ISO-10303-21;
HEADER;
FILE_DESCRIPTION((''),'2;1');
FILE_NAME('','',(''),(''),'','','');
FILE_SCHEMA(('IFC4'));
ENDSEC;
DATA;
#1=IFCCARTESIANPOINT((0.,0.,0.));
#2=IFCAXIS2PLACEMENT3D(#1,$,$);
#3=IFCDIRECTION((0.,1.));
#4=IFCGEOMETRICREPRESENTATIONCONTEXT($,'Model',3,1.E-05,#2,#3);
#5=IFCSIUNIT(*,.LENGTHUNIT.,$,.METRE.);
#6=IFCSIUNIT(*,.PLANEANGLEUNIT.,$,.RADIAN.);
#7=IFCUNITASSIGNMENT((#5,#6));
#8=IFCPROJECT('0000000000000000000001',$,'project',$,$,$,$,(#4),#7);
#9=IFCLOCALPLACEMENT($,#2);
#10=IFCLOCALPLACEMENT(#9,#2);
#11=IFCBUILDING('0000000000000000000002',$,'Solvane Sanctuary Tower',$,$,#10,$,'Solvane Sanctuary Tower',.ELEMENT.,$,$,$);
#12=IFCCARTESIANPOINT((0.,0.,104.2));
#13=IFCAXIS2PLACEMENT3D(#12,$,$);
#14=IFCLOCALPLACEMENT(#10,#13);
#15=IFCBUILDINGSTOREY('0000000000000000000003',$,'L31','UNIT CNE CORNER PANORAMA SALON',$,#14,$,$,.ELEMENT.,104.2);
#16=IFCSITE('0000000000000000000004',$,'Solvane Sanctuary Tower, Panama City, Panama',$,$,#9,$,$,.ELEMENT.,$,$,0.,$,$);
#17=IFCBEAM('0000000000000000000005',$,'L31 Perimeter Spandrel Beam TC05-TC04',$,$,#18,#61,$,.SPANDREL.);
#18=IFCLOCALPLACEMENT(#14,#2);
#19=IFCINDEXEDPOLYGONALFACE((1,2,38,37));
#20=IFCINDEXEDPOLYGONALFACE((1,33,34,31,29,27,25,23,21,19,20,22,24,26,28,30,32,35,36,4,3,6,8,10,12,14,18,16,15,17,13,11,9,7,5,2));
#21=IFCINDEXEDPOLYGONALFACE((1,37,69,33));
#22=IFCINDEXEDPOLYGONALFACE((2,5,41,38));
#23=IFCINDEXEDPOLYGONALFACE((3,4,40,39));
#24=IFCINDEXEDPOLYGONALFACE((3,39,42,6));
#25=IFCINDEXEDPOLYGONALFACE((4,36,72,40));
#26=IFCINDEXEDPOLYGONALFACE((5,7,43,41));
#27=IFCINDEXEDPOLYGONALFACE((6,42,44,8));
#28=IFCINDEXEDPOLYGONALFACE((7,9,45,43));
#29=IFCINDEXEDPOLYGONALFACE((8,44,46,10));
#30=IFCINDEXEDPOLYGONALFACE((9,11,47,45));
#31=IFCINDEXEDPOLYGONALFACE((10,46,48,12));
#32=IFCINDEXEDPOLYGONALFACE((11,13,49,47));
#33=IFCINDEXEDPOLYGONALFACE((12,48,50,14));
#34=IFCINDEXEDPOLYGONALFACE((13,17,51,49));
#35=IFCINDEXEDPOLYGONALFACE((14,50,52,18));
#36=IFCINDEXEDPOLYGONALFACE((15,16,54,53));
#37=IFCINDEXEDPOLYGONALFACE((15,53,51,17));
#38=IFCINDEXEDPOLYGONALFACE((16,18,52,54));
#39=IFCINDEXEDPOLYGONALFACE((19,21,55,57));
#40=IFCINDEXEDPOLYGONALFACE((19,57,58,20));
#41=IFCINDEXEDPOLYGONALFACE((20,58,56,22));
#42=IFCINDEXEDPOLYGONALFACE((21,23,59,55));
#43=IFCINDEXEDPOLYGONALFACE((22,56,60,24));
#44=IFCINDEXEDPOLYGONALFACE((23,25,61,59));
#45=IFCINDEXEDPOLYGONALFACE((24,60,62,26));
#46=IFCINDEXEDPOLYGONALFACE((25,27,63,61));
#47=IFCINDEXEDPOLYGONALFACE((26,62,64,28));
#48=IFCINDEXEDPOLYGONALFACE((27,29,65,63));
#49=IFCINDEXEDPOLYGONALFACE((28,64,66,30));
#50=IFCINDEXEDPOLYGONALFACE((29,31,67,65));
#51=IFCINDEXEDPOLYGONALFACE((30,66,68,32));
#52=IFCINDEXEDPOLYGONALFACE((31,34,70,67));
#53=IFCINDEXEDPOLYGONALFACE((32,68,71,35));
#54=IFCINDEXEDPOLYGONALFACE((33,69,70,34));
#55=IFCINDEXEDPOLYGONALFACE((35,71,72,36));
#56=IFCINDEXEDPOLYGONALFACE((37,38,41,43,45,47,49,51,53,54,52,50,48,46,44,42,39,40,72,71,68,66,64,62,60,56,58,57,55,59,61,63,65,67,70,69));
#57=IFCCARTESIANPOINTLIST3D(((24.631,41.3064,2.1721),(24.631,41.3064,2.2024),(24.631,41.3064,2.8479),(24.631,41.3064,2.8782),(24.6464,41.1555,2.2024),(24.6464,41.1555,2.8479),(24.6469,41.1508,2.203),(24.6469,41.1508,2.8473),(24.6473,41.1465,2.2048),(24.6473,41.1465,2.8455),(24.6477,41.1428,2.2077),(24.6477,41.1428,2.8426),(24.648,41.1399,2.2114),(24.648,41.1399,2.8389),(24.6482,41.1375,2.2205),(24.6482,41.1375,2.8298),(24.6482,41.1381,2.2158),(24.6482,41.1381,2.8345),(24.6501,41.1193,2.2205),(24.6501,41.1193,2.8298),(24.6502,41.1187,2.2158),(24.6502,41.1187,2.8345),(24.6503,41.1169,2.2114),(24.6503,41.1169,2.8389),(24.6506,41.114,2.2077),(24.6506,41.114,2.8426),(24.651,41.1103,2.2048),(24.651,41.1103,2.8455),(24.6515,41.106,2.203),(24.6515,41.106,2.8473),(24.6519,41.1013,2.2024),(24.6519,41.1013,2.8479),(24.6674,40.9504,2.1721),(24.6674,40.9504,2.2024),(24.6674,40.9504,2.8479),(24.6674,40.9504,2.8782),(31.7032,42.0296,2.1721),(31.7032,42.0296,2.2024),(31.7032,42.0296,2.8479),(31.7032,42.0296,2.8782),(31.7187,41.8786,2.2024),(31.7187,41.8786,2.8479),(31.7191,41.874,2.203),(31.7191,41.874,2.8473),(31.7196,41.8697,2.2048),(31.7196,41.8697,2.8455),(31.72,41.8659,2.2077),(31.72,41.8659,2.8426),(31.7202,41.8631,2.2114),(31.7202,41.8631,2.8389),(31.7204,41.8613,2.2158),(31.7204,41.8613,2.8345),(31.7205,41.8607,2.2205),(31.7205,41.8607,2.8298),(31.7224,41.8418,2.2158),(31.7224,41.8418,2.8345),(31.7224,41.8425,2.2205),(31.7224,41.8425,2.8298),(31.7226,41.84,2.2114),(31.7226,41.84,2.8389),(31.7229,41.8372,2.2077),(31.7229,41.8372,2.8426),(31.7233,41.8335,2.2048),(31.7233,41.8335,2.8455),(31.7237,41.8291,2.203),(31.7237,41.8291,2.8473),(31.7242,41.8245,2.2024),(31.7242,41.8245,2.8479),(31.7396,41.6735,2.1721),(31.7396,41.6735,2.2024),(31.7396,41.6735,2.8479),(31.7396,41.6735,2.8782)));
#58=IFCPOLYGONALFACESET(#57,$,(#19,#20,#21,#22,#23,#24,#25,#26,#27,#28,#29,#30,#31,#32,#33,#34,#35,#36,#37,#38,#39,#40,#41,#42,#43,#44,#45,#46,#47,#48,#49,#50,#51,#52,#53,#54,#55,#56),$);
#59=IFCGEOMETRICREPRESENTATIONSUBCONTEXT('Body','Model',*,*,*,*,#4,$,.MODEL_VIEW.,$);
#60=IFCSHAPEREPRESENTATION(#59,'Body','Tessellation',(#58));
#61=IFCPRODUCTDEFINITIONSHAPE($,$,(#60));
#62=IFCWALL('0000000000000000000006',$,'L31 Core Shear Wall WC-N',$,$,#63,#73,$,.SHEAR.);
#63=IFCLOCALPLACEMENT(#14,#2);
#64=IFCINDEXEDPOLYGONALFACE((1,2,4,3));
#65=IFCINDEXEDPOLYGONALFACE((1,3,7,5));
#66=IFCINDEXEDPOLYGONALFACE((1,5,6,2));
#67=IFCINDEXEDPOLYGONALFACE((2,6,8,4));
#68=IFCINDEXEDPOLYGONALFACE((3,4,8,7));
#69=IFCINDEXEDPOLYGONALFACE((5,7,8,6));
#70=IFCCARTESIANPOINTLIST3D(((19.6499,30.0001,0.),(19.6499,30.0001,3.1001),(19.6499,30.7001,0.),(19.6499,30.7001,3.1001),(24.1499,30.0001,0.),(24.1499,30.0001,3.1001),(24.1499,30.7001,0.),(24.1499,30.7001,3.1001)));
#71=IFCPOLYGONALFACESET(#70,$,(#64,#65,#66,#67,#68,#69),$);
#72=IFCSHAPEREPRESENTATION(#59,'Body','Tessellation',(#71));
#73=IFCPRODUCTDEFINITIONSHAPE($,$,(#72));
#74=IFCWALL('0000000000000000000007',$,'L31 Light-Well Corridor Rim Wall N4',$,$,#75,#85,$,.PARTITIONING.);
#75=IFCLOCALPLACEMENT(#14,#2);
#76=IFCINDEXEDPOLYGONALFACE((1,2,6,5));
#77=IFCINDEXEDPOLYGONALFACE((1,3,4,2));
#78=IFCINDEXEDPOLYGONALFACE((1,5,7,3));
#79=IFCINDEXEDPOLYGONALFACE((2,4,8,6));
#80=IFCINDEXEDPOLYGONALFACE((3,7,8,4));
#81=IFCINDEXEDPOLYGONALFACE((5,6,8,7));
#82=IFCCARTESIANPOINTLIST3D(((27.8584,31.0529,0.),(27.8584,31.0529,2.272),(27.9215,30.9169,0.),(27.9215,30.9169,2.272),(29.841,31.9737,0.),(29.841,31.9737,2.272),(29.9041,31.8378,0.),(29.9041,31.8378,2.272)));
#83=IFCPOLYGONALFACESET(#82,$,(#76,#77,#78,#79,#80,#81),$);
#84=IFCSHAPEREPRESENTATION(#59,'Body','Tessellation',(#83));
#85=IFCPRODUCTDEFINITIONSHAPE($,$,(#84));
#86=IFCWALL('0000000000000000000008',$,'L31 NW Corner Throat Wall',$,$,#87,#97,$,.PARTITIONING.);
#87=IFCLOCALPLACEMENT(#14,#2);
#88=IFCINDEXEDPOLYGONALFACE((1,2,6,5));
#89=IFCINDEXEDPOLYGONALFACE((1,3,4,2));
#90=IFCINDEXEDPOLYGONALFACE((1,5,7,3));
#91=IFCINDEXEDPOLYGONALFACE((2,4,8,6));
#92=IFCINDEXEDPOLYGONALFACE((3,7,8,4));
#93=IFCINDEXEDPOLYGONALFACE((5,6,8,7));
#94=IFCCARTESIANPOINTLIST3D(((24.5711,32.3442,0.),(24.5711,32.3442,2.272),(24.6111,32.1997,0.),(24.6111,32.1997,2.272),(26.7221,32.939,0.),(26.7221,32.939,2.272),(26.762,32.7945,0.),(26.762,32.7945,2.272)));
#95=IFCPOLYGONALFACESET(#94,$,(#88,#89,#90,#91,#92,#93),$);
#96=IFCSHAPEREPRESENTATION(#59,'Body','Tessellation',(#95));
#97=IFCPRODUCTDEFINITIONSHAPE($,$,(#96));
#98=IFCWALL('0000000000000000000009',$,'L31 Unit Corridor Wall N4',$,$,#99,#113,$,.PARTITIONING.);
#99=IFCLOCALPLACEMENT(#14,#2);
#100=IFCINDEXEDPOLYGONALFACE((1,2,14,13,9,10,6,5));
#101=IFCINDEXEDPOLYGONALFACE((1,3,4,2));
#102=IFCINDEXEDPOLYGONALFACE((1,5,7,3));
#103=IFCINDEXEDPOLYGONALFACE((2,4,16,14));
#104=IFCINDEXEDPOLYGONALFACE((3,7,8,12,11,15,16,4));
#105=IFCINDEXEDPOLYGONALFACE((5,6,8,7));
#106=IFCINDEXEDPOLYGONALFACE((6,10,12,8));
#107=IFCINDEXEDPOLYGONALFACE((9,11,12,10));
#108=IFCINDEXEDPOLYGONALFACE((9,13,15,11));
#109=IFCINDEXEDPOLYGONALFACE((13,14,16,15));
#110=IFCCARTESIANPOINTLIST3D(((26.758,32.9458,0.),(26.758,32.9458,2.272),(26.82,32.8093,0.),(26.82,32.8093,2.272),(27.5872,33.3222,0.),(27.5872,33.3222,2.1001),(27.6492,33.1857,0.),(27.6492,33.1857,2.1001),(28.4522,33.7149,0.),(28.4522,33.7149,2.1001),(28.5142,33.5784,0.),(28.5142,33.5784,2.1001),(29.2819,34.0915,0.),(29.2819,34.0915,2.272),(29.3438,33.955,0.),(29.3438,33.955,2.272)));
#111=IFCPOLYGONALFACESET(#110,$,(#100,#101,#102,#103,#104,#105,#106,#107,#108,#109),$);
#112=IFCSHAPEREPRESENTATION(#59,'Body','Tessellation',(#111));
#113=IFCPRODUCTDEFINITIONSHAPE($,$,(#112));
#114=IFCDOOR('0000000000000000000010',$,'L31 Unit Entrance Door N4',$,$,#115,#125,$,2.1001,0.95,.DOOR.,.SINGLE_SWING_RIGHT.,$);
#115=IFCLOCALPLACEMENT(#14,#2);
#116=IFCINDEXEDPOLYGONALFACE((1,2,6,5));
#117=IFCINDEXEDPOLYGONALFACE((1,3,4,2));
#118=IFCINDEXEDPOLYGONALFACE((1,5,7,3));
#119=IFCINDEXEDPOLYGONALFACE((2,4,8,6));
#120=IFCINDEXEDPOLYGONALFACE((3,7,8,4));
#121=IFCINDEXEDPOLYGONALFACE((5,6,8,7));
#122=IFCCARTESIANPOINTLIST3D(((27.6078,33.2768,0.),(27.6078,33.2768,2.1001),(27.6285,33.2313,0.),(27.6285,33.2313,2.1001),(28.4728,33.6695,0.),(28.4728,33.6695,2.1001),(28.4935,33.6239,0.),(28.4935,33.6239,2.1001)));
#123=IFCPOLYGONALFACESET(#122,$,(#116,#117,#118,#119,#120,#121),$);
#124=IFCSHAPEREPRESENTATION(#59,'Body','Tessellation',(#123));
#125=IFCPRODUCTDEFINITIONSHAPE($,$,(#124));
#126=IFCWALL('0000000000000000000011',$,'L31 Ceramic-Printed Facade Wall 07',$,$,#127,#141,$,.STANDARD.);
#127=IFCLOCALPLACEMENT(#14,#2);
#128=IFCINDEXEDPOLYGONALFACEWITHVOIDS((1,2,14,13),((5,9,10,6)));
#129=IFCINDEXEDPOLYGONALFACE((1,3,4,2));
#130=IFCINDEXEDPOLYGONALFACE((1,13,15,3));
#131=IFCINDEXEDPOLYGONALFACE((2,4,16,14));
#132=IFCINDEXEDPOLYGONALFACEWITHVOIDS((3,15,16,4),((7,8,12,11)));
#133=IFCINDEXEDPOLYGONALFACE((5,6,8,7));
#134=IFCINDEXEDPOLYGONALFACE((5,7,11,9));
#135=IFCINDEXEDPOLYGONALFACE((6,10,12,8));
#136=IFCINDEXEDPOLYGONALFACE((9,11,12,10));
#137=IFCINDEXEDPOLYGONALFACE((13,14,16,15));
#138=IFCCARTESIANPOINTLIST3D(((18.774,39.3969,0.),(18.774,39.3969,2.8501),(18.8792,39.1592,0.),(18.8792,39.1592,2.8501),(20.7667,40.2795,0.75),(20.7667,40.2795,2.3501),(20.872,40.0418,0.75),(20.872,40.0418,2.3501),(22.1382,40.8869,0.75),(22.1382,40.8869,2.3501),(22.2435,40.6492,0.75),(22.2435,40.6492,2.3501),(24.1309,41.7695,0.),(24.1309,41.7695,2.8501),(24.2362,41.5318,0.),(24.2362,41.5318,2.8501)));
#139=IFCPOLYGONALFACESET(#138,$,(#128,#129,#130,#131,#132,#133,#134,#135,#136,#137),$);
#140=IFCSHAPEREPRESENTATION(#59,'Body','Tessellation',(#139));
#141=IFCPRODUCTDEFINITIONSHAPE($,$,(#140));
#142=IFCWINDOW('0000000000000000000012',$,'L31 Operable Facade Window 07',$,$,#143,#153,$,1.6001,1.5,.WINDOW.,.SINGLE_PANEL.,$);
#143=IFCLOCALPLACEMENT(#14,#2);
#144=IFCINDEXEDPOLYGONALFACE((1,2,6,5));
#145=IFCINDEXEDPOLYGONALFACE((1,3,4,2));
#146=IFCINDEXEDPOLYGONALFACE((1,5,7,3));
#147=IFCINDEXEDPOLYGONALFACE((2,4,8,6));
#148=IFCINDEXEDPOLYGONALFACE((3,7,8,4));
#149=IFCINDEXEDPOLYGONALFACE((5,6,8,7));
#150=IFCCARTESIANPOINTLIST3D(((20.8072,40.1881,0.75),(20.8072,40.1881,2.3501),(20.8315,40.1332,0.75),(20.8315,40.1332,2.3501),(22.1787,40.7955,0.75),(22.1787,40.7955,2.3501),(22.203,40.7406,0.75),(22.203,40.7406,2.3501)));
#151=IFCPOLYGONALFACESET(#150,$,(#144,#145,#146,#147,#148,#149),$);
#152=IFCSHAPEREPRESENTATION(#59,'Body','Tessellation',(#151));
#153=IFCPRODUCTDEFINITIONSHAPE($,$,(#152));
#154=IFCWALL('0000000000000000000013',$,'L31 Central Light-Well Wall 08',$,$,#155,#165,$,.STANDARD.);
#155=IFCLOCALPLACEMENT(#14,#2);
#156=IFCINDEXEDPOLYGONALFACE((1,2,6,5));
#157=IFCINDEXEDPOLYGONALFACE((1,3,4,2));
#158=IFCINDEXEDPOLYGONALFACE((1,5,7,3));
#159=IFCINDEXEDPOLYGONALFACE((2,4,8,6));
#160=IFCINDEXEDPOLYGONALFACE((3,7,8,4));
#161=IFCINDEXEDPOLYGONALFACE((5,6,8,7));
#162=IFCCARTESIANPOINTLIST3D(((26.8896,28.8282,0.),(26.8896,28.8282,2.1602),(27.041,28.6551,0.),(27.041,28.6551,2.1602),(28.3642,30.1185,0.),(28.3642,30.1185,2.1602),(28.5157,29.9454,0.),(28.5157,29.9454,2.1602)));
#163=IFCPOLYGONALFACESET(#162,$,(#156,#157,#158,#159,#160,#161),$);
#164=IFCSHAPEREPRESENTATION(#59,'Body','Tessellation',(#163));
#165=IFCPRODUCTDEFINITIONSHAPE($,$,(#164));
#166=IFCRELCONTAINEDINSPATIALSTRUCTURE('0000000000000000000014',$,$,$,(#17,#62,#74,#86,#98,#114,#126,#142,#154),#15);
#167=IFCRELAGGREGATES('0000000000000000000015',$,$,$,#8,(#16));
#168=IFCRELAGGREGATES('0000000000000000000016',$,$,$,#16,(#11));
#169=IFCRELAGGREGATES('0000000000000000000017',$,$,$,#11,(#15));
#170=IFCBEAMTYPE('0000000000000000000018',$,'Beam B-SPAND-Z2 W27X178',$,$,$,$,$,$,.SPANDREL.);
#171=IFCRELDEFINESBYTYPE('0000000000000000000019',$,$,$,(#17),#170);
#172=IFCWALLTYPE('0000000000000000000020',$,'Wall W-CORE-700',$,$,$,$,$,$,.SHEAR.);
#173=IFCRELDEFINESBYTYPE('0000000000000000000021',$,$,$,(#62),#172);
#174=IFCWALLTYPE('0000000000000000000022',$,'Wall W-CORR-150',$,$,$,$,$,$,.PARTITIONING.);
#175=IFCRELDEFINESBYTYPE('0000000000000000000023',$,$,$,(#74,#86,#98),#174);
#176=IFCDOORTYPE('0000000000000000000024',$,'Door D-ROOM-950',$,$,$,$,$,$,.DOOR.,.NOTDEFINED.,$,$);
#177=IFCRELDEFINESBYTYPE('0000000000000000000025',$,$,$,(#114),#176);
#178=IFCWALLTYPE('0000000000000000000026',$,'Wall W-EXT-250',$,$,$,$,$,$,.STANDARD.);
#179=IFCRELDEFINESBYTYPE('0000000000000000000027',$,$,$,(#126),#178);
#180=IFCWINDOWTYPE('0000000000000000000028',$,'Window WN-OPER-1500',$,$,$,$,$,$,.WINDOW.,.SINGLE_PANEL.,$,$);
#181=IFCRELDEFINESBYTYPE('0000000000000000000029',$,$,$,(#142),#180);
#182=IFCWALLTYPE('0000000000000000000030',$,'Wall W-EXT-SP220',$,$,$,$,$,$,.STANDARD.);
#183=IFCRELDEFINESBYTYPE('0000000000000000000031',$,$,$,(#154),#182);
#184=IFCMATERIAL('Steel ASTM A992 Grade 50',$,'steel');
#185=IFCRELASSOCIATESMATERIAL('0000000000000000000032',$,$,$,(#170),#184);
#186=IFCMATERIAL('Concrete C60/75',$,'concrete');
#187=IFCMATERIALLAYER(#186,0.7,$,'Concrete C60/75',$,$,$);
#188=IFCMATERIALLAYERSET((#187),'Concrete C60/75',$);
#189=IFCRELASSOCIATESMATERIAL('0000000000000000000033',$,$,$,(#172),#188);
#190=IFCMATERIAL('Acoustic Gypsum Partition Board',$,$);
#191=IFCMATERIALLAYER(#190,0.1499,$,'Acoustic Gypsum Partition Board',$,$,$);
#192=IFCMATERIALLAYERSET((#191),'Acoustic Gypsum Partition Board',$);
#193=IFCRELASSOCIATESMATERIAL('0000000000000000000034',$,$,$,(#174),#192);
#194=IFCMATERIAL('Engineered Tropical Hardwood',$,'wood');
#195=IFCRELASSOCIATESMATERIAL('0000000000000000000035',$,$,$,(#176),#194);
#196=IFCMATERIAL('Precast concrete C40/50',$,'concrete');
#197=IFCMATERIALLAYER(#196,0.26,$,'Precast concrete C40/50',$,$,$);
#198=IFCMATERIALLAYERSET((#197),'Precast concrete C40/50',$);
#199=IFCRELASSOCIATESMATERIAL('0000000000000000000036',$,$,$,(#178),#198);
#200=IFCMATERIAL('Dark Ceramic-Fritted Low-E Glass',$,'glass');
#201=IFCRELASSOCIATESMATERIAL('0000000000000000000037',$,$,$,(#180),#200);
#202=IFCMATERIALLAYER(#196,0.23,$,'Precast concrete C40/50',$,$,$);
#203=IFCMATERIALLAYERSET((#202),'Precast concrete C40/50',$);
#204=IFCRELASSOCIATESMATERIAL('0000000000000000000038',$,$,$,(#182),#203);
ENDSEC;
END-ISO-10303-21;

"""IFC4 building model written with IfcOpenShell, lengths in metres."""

from ifc_helpers import new_model, si_unit, direction, frame, frame_2d, origin, origin_2d, place, context, subcontext, project, spatial, rectangle, i_section, extrude, material, layer, layer_set, material_profile, profile_set, type_object, element, fill, save


model = new_model("IFC4")

# Units and contexts
model_context = context("Model", 3, precision=1e-05, world=origin(), true_north=direction((0.0, 1.0)))
body_context = subcontext(model_context, "Body", "Model", "MODEL_VIEW")
ifc_project = project(units=[si_unit("LENGTHUNIT", "METRE"), si_unit("PLANEANGLEUNIT", "RADIAN")], contexts=[model_context])

# Site, building, storey
site_placement = place(None, origin())
site = spatial("IfcSite", under=ifc_project, at=site_placement, Name="Solvane Sanctuary Tower, Panama City, Panama", CompositionType="ELEMENT", RefElevation=0.0)
building_placement = place(site_placement, origin())
building = spatial("IfcBuilding", under=site, at=building_placement, Name="Solvane Sanctuary Tower", LongName="Solvane Sanctuary Tower", CompositionType="ELEMENT")
storey_placement = place(building_placement, frame((0.0, 0.0, 104.2)))
storey = spatial("IfcBuildingStorey", under=building, at=storey_placement, Name="L31", Description="UNIT CNE CORNER PANORAMA SALON", CompositionType="ELEMENT", Elevation=104.2)

# Shared definitions
ifc_material_1 = material(Name="Concrete C60/75", Category="concrete")

# Beam
ifc_material_2 = material(Name="Steel ASTM A992 Grade 50", Category="steel")
ifc_material_profile_1 = material_profile(ifc_material_2, i_section(OverallWidth=0.3579, OverallDepth=0.7061, WebThickness=0.0183, FlangeThickness=0.0303, FilletRadius=0.0181, at=origin_2d()), Name="W27X178")
ifc_profile_set_1 = profile_set([ifc_material_profile_1], Name="Steel ASTM A992 Grade 50")
beam_type_1 = type_object("IfcBeamType", Name="Beam B-SPAND-Z2 W27X178", PredefinedType="SPANDREL", material=ifc_profile_set_1)
beam_1_placement = place(storey_placement, frame((24.6492, 41.1284, 2.5251), z_axis=(0.994813, 0.10172, 0.0), x_axis=(-0.10172, 0.994813, 0.0)))
element("IfcBeam", 1, at=beam_1_placement, inside=storey, type_object=beam_type_1, Name="L31 Perimeter Spandrel Beam TC05-TC04", PredefinedType="SPANDREL", context=body_context, shape_type="SweptSolid", body=[
    extrude(i_section(OverallWidth=0.3579, OverallDepth=0.7061, WebThickness=0.0183, FlangeThickness=0.0303, FilletRadius=0.0181, at=origin_2d()), origin(), (0.0, 0.0, 1.0), 7.1091),
])

# Walls
ifc_layer_1 = layer(ifc_material_1, 0.7, Name="Concrete C60/75")
ifc_layer_set_1 = layer_set([ifc_layer_1], Name="Concrete C60/75")
wall_type_1 = type_object("IfcWallType", Name="Wall W-CORE-700", PredefinedType="SHEAR", material=ifc_layer_set_1)
wall_1_placement = place(storey_placement, frame((19.6499, 30.3501, 0.0), z_axis=(0.0, 0.0, 1.0), x_axis=(1.0, 0.0, 0.0)))
element("IfcWall", 2, at=wall_1_placement, inside=storey, type_object=wall_type_1, Name="L31 Core Shear Wall WC-N", PredefinedType="SHEAR", context=body_context, shape_type="SweptSolid", body=[
    extrude(rectangle(XDim=4.5, YDim=0.7, at=frame_2d((2.25, 0.0))), origin(), (0.0, 0.0, 1.0), 3.1001),
])
ifc_material_3 = material(Name="Acoustic Gypsum Partition Board")
ifc_layer_2 = layer(ifc_material_3, 0.1499, Name="Acoustic Gypsum Partition Board")
ifc_layer_set_2 = layer_set([ifc_layer_2], Name="Acoustic Gypsum Partition Board")
wall_type_2 = type_object("IfcWallType", Name="Wall W-CORR-150", PredefinedType="PARTITIONING", material=ifc_layer_set_2)
wall_2_placement = place(storey_placement, frame((29.8726, 31.9058, 0.0), z_axis=(0.0, 0.0, 1.0), x_axis=(-0.906943, -0.421252, 0.0)))
element("IfcWall", 3, at=wall_2_placement, inside=storey, type_object=wall_type_2, Name="L31 Light-Well Corridor Rim Wall N4", PredefinedType="PARTITIONING", context=body_context, shape_type="SweptSolid", body=[
    extrude(rectangle(XDim=2.186, YDim=0.1499, at=frame_2d((1.093, 0.0))), origin(), (0.0, 0.0, 1.0), 2.272),
])
wall_3_placement = place(storey_placement, frame((26.7419, 32.8667, 0.0), z_axis=(0.0, 0.0, 1.0), x_axis=(-0.963834, -0.266504, 0.0)))
element("IfcWall", 4, at=wall_3_placement, inside=storey, type_object=wall_type_2, Name="L31 NW Corner Throat Wall", PredefinedType="PARTITIONING", context=body_context, shape_type="SweptSolid", body=[
    extrude(rectangle(XDim=2.2317, YDim=0.1499, at=frame_2d((1.1157, 0.0))), origin(), (0.0, 0.0, 1.0), 2.272),
])

# Wall, opening, door
wall_4_placement = place(storey_placement, frame((29.3127, 34.0232, 0.0), z_axis=(0.0, 0.0, 1.0), x_axis=(-0.910568, -0.413358, 0.0)))
wall_4 = element("IfcWall", 5, at=wall_4_placement, inside=storey, type_object=wall_type_2, Name="L31 Unit Corridor Wall N4", PredefinedType="PARTITIONING", context=body_context, shape_type="SweptSolid", body=[
    extrude(rectangle(XDim=2.7717, YDim=0.1499, at=frame_2d((1.3857, 0.0))), origin(), (0.0, 0.0, 1.0), 2.272),
])
opening_1_placement = place(wall_4_placement, frame((0.9109, 0.0, 0.0)))
opening_1 = element("IfcOpeningElement", 6, at=opening_1_placement, cuts=wall_4, PredefinedType="OPENING", context=body_context, shape_type="SweptSolid", body=[
    extrude(rectangle(XDim=0.95, YDim=2.1001, at=frame_2d((0.4751, 1.05))), frame((0.0, 0.085, 0.0), z_axis=(0.0, -1.0, 0.0), x_axis=(1.0, 0.0, 0.0)), (0.0, 0.0, 1.0), 0.1699),
])
ifc_material_4 = material(Name="Engineered Tropical Hardwood", Category="wood")
door_type = type_object("IfcDoorType", Name="Door D-ROOM-950", OperationType="NOTDEFINED", PredefinedType="DOOR", material=ifc_material_4)
door_placement = place(opening_1_placement, origin())
door = element("IfcDoor", 7, at=door_placement, inside=storey, type_object=door_type, Name="L31 Unit Entrance Door N4", OperationType="SINGLE_SWING_RIGHT", OverallHeight=2.1001, OverallWidth=0.95, PredefinedType="DOOR", context=body_context, shape_type="SweptSolid", body=[
    extrude(rectangle(XDim=0.95, YDim=2.1001, at=frame_2d((0.4751, 1.05))), frame((0.0, 0.0249, 0.0), z_axis=(0.0, -1.0, 0.0), x_axis=(1.0, 0.0, 0.0)), (0.0, 0.0, 1.0), 0.05),
])
fill(opening_1, door)

# Wall, opening, window
ifc_material_5 = material(Name="Precast concrete C40/50", Category="concrete")
ifc_layer_3 = layer(ifc_material_5, 0.26, Name="Precast concrete C40/50")
ifc_layer_set_3 = layer_set([ifc_layer_3], Name="Precast concrete C40/50")
wall_type_3 = type_object("IfcWallType", Name="Wall W-EXT-250", PredefinedType="STANDARD", material=ifc_layer_set_3)
wall_5_placement = place(storey_placement, frame((24.1836, 41.6506, 0.0), z_axis=(0.0, 0.0, 1.0), x_axis=(-0.914337, -0.404955, 0.0)))
wall_5 = element("IfcWall", 8, at=wall_5_placement, inside=storey, type_object=wall_type_3, Name="L31 Ceramic-Printed Facade Wall 07", PredefinedType="STANDARD", context=body_context, shape_type="SweptSolid", body=[
    extrude(rectangle(XDim=5.8589, YDim=0.26, at=frame_2d((2.9294, 0.0))), origin(), (0.0, 0.0, 1.0), 2.8501),
])
opening_2_placement = place(wall_5_placement, frame((2.1794, 0.0, 0.75)))
opening_2 = element("IfcOpeningElement", 9, at=opening_2_placement, cuts=wall_5, PredefinedType="OPENING", context=body_context, shape_type="SweptSolid", body=[
    extrude(rectangle(XDim=1.5, YDim=1.6001, at=frame_2d((0.75, 0.8))), frame((0.0, 0.1399, 0.0), z_axis=(0.0, -1.0, 0.0), x_axis=(1.0, 0.0, 0.0)), (0.0, 0.0, 1.0), 0.28),
])
ifc_material_6 = material(Name="Dark Ceramic-Fritted Low-E Glass", Category="glass")
window_type = type_object("IfcWindowType", Name="Window WN-OPER-1500", PartitioningType="SINGLE_PANEL", PredefinedType="WINDOW", material=ifc_material_6)
window_placement = place(opening_2_placement, origin())
window = element("IfcWindow", 10, at=window_placement, inside=storey, type_object=window_type, Name="L31 Operable Facade Window 07", OverallHeight=1.6001, OverallWidth=1.5, PartitioningType="SINGLE_PANEL", PredefinedType="WINDOW", context=body_context, shape_type="SweptSolid", body=[
    extrude(rectangle(XDim=1.5, YDim=1.6001, at=frame_2d((0.75, 0.8))), frame((0.0, 0.03, 0.0), z_axis=(0.0, -1.0, 0.0), x_axis=(1.0, 0.0, 0.0)), (0.0, 0.0, 1.0), 0.0601),
])
fill(opening_2, window)

# Wall
ifc_layer_4 = layer(ifc_material_5, 0.23, Name="Precast concrete C40/50")
ifc_layer_set_4 = layer_set([ifc_layer_4], Name="Precast concrete C40/50")
wall_type_4 = type_object("IfcWallType", Name="Wall W-EXT-SP220", PredefinedType="STANDARD", material=ifc_layer_set_4)
wall_6_placement = place(storey_placement, frame((28.4399, 30.032, 0.0), z_axis=(0.0, 0.0, 1.0), x_axis=(-0.752577, -0.658505, 0.0)))
element("IfcWall", 11, at=wall_6_placement, inside=storey, type_object=wall_type_4, Name="L31 Central Light-Well Wall 08", PredefinedType="STANDARD", context=body_context, shape_type="SweptSolid", body=[
    extrude(rectangle(XDim=1.9595, YDim=0.23, at=frame_2d((0.9797, 0.0))), origin(), (0.0, 0.0, 1.0), 2.1602),
])

save(model, "model.ifc")
